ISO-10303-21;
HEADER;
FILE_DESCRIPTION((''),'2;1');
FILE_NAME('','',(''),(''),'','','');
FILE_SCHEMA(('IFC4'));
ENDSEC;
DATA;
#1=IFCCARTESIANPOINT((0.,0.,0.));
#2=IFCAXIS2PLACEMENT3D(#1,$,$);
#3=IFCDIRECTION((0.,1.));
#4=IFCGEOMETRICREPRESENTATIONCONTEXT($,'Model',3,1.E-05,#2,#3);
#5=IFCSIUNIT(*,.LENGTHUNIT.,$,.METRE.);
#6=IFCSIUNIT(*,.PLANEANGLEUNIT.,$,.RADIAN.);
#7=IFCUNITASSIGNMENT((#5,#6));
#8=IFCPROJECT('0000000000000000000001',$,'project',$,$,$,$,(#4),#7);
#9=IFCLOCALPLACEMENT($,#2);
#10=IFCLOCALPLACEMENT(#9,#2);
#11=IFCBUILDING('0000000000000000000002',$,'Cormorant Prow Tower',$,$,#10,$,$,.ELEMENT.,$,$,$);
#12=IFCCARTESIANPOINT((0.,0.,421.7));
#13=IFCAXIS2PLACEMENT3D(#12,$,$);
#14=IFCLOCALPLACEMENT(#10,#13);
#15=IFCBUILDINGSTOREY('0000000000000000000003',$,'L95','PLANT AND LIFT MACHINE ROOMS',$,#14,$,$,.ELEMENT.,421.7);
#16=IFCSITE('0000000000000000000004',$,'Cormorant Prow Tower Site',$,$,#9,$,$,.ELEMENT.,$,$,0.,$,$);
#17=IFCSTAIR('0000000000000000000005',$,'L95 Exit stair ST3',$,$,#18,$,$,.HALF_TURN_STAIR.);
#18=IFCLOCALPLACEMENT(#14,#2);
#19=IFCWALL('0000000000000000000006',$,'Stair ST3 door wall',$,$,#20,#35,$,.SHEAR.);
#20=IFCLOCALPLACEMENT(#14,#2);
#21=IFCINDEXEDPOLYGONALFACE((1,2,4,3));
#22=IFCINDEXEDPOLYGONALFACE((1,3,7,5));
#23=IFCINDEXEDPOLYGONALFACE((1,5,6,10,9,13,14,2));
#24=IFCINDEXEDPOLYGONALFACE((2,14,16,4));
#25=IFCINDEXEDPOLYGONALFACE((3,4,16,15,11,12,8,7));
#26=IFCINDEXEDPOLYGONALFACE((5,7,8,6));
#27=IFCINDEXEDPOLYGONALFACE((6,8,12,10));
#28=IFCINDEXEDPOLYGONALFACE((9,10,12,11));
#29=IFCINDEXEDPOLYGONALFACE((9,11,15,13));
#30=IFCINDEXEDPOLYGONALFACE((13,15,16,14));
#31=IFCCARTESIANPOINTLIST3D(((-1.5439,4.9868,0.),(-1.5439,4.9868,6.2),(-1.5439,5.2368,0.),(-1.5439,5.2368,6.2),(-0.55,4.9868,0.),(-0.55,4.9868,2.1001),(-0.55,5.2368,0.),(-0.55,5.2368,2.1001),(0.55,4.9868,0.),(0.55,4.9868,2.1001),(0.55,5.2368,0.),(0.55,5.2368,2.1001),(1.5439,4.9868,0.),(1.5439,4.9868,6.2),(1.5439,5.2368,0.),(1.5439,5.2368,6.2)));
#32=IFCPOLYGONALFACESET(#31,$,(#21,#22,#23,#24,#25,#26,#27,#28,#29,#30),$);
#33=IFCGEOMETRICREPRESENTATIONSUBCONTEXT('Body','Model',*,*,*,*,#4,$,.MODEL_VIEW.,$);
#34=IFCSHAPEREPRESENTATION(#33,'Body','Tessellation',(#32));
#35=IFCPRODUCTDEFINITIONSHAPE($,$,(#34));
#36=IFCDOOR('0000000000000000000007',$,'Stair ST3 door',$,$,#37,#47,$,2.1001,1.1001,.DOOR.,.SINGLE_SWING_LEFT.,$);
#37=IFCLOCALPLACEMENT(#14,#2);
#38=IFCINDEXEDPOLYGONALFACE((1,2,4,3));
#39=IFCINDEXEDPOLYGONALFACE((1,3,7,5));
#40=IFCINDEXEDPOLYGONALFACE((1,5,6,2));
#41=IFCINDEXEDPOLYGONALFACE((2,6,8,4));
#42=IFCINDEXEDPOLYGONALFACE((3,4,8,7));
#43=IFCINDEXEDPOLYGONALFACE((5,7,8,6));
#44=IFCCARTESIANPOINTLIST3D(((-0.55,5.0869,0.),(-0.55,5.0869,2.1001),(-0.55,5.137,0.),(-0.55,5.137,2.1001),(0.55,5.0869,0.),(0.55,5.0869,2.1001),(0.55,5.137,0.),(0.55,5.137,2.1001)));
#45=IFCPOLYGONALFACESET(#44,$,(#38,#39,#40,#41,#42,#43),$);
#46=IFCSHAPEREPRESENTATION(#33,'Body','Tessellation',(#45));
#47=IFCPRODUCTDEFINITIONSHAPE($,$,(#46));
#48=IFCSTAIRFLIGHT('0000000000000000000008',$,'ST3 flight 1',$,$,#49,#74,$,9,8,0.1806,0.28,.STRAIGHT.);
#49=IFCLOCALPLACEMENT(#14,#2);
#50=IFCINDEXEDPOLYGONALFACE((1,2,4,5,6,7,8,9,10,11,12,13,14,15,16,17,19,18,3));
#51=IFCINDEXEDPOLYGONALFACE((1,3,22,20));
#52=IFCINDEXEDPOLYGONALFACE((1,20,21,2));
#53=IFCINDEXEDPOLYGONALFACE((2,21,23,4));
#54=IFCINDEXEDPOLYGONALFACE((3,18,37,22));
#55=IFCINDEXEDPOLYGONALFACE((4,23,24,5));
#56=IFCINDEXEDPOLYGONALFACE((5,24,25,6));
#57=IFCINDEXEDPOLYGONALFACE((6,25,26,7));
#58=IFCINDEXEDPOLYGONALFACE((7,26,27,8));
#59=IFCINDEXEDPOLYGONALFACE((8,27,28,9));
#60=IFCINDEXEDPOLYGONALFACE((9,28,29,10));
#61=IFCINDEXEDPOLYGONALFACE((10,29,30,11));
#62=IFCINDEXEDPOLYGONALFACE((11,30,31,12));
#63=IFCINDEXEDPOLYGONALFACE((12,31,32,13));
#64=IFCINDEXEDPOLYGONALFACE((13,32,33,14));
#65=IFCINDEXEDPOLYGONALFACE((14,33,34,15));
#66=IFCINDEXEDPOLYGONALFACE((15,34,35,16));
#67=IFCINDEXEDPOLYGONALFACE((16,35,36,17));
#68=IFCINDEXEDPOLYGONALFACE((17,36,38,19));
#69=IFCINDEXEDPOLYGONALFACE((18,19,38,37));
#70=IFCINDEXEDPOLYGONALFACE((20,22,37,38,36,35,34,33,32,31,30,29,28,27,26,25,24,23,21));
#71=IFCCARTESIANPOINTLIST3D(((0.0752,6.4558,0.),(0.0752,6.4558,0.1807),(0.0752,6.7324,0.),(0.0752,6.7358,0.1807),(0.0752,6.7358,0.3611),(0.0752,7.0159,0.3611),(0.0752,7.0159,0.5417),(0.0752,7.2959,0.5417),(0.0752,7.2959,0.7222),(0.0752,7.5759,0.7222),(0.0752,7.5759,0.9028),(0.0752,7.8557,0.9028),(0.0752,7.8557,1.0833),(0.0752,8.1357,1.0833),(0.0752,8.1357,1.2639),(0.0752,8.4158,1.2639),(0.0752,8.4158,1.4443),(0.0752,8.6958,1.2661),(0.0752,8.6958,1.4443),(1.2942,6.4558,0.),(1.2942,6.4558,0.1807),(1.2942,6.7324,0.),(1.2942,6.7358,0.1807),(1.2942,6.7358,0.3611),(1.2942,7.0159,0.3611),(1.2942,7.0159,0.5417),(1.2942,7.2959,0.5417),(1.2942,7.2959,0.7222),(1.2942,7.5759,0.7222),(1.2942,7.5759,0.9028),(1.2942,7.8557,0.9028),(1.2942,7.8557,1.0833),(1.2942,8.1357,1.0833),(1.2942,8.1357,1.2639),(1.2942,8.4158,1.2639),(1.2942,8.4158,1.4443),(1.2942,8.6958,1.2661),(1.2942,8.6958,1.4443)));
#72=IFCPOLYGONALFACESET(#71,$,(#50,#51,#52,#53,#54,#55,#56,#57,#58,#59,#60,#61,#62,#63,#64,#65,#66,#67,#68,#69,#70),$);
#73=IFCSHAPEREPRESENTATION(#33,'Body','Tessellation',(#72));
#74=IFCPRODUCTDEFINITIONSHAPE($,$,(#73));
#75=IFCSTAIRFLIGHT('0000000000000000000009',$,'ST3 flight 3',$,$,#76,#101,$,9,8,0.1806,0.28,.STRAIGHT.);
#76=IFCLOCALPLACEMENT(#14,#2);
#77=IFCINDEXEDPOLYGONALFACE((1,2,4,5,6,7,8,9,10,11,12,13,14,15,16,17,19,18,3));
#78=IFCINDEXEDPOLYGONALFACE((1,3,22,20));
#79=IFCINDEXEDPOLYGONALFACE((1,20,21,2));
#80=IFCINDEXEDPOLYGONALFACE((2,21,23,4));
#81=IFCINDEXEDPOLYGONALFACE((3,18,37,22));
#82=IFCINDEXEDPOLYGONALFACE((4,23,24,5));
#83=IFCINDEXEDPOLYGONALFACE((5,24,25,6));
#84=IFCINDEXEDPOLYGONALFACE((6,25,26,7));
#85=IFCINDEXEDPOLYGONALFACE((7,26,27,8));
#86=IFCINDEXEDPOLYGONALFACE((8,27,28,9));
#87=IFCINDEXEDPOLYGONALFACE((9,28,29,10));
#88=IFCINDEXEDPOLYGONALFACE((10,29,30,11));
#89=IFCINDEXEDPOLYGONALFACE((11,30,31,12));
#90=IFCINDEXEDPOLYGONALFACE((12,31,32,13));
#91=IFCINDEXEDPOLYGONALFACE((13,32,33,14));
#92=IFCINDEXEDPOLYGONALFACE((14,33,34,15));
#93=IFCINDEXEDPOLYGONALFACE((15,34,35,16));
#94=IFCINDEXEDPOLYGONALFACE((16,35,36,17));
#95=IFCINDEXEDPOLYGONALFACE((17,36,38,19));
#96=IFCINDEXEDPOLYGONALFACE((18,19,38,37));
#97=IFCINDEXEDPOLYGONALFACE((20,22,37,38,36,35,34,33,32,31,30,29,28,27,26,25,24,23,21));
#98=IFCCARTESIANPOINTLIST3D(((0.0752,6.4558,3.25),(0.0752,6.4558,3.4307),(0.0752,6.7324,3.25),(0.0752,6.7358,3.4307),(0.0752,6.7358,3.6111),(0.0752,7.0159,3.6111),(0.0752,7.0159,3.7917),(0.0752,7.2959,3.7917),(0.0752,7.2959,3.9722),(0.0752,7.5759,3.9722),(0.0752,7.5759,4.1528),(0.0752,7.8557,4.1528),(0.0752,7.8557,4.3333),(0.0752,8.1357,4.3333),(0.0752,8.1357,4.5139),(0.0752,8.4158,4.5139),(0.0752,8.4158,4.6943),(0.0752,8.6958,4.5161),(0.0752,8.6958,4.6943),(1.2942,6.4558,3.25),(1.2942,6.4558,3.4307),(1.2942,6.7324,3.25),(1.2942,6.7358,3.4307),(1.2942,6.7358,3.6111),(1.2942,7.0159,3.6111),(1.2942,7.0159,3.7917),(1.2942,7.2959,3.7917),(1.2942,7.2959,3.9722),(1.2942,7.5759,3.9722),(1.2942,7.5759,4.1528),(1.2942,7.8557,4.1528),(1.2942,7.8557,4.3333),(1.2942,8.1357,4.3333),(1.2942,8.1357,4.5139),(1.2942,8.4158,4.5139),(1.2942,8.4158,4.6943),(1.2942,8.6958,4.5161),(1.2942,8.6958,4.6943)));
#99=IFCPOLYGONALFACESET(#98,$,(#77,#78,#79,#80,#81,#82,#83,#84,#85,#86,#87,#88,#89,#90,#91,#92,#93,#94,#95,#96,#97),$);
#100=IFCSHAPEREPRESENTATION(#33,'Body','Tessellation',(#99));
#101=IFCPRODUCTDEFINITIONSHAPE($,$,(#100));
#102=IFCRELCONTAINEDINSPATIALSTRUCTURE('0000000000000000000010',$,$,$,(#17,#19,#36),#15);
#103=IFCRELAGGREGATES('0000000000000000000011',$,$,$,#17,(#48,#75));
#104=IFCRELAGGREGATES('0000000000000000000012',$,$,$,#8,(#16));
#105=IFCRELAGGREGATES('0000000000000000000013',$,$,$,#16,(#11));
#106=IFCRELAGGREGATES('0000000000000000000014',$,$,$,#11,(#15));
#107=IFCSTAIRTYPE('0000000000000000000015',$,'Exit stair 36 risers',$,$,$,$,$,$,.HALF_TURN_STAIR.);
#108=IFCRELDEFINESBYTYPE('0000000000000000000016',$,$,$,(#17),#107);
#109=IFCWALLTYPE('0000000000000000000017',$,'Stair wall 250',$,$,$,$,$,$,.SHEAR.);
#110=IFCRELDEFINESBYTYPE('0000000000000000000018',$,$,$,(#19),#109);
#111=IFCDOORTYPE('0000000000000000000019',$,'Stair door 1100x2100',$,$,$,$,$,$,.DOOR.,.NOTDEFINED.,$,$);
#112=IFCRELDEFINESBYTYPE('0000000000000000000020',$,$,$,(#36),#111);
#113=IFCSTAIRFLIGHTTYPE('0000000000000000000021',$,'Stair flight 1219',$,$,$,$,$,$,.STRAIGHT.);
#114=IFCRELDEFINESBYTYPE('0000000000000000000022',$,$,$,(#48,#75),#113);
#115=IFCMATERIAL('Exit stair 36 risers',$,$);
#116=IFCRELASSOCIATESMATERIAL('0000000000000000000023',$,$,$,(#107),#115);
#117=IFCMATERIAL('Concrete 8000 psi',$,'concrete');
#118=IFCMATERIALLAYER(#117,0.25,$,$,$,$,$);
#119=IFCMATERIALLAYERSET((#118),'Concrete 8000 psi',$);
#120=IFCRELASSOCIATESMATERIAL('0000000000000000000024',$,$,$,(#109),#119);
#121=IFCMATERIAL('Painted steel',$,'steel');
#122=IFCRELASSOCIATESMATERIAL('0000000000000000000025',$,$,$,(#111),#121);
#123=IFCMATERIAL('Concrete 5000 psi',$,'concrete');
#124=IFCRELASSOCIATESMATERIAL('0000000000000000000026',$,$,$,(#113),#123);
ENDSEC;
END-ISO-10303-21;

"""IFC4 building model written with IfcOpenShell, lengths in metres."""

from ifc_helpers import new_model, si_unit, direction, frame, frame_2d, origin, place, context, subcontext, project, spatial, polyline, rectangle, outline, extrude, material, layer, layer_set, type_object, element, fill, aggregate, save


model = new_model("IFC4")

# Units and contexts
model_context = context("Model", 3, precision=1e-05, world=origin(), true_north=direction((0.0, 1.0)))
body_context = subcontext(model_context, "Body", "Model", "MODEL_VIEW")
ifc_project = project(units=[si_unit("LENGTHUNIT", "METRE"), si_unit("PLANEANGLEUNIT", "RADIAN")], contexts=[model_context])

# Site, building, storey
site_placement = place(None, origin())
site = spatial("IfcSite", under=ifc_project, at=site_placement, Name="Cormorant Prow Tower Site", CompositionType="ELEMENT", RefElevation=0.0)
building_placement = place(site_placement, origin())
building = spatial("IfcBuilding", under=site, at=building_placement, Name="Cormorant Prow Tower", CompositionType="ELEMENT")
storey_placement = place(building_placement, frame((0.0, 0.0, 421.7)))
storey = spatial("IfcBuildingStorey", under=building, at=storey_placement, Name="L95", Description="PLANT AND LIFT MACHINE ROOMS", CompositionType="ELEMENT", Elevation=421.7)

# Stair
ifc_material_1 = material(Name="Exit stair 36 risers")
stair_type = type_object("IfcStairType", Name="Exit stair 36 risers", PredefinedType="HALF_TURN_STAIR", material=ifc_material_1)
stair_1_placement = place(storey_placement, origin())
stair_1 = element("IfcStair", 1, at=stair_1_placement, inside=storey, type_object=stair_type, Name="L95 Exit stair ST3", PredefinedType="HALF_TURN_STAIR")

# Shared definitions
ifc_material_2 = material(Name="Concrete 8000 psi", Category="concrete")
ifc_layer_1 = layer(ifc_material_2, 0.25)
ifc_layer_set_1 = layer_set([ifc_layer_1], Name="Concrete 8000 psi")
wall_type_1 = type_object("IfcWallType", Name="Stair wall 250", PredefinedType="SHEAR", material=ifc_layer_set_1)

# Wall, opening, door
wall_1_placement = place(storey_placement, frame((1.5439, 5.1118, 0.0), z_axis=(0.0, 0.0, 1.0), x_axis=(-1.0, 0.0, 0.0)))
wall_1 = element("IfcWall", 2, at=wall_1_placement, inside=storey, type_object=wall_type_1, Name="Stair ST3 door wall", PredefinedType="SHEAR", context=body_context, shape_type="SweptSolid", body=[
    extrude(rectangle(XDim=3.0879, YDim=0.25, at=frame_2d((1.5439, 0.0))), origin(), (0.0, 0.0, 1.0), 6.2),
])
opening_1_placement = place(wall_1_placement, frame((0.9939, 0.0, 0.0)))
opening_1 = element("IfcOpeningElement", 3, at=opening_1_placement, cuts=wall_1, PredefinedType="OPENING", context=body_context, shape_type="SweptSolid", body=[
    extrude(rectangle(XDim=1.1001, YDim=2.1001, at=frame_2d((0.55, 1.05))), frame((0.0, 0.135, 0.0), z_axis=(0.0, -1.0, 0.0), x_axis=(1.0, 0.0, 0.0)), (0.0, 0.0, 1.0), 0.27),
])
ifc_material_3 = material(Name="Painted steel", Category="steel")
door_type_1 = type_object("IfcDoorType", Name="Stair door 1100x2100", OperationType="NOTDEFINED", PredefinedType="DOOR", material=ifc_material_3)
door_1_placement = place(opening_1_placement, origin())
door_1 = element("IfcDoor", 4, at=door_1_placement, inside=storey, type_object=door_type_1, Name="Stair ST3 door", OperationType="SINGLE_SWING_LEFT", OverallHeight=2.1001, OverallWidth=1.1001, PredefinedType="DOOR", context=body_context, shape_type="SweptSolid", body=[
    extrude(rectangle(XDim=1.1001, YDim=2.1001, at=frame_2d((0.55, 1.05))), frame((0.0, 0.0249, 0.0), z_axis=(0.0, -1.0, 0.0), x_axis=(1.0, 0.0, 0.0)), (0.0, 0.0, 1.0), 0.05),
])
fill(opening_1, door_1)

# Stair flights
ifc_material_4 = material(Name="Concrete 5000 psi", Category="concrete")
stair_flight_type = type_object("IfcStairFlightType", Name="Stair flight 1219", PredefinedType="STRAIGHT", material=ifc_material_4)
stair_flight_1_placement = place(storey_placement, frame((0.6846, 6.4558, 0.0), z_axis=(0.0, 0.0, 1.0), x_axis=(0.0, 1.0, 0.0)))
stair_flight_1 = element("IfcStairFlight", 5, at=stair_flight_1_placement, type_object=stair_flight_type, Name="ST3 flight 1", NumberOfRisers=9, NumberOfTreads=8, PredefinedType="STRAIGHT", RiserHeight=0.1806, TreadLength=0.28, context=body_context, shape_type="SweptSolid", body=[
    extrude(outline(polyline([(0.0, 0.0), (0.0, 0.1807), (0.28, 0.1807), (0.28, 0.3611), (0.5601, 0.3611), (0.5601, 0.5417), (0.8401, 0.5417), (0.8401, 0.7222), (1.1201, 0.7222), (1.1201, 0.9028), (1.3999, 0.9028), (1.3999, 1.0833), (1.6799, 1.0833), (1.6799, 1.2639), (1.96, 1.2639), (1.96, 1.4443), (2.24, 1.4443), (2.24, 1.625), (2.24, 1.2661), (0.2766, 0.0), (0.0, 0.0)])), frame((0.0, 0.6094, 0.0), z_axis=(0.0, -1.0, 0.0), x_axis=(1.0, 0.0, 0.0)), (0.0, 0.0, 1.0), 1.219),
])
stair_flight_2_placement = place(storey_placement, frame((0.6846, 6.4558, 3.25), z_axis=(0.0, 0.0, 1.0), x_axis=(0.0, 1.0, 0.0)))
stair_flight_2 = element("IfcStairFlight", 6, at=stair_flight_2_placement, type_object=stair_flight_type, Name="ST3 flight 3", NumberOfRisers=9, NumberOfTreads=8, PredefinedType="STRAIGHT", RiserHeight=0.1806, TreadLength=0.28, context=body_context, shape_type="SweptSolid", body=[
    extrude(outline(polyline([(0.0, 0.0), (0.0, 0.1807), (0.28, 0.1807), (0.28, 0.3611), (0.5601, 0.3611), (0.5601, 0.5417), (0.8401, 0.5417), (0.8401, 0.7222), (1.1201, 0.7222), (1.1201, 0.9028), (1.3999, 0.9028), (1.3999, 1.0833), (1.6799, 1.0833), (1.6799, 1.2639), (1.96, 1.2639), (1.96, 1.4443), (2.24, 1.4443), (2.24, 1.625), (2.24, 1.2661), (0.2766, 0.0), (0.0, 0.0)])), frame((0.0, 0.6094, 0.0), z_axis=(0.0, -1.0, 0.0), x_axis=(1.0, 0.0, 0.0)), (0.0, 0.0, 1.0), 1.219),
])
aggregate(stair_1, [stair_flight_1, stair_flight_2])

save(model, "model.ifc")
